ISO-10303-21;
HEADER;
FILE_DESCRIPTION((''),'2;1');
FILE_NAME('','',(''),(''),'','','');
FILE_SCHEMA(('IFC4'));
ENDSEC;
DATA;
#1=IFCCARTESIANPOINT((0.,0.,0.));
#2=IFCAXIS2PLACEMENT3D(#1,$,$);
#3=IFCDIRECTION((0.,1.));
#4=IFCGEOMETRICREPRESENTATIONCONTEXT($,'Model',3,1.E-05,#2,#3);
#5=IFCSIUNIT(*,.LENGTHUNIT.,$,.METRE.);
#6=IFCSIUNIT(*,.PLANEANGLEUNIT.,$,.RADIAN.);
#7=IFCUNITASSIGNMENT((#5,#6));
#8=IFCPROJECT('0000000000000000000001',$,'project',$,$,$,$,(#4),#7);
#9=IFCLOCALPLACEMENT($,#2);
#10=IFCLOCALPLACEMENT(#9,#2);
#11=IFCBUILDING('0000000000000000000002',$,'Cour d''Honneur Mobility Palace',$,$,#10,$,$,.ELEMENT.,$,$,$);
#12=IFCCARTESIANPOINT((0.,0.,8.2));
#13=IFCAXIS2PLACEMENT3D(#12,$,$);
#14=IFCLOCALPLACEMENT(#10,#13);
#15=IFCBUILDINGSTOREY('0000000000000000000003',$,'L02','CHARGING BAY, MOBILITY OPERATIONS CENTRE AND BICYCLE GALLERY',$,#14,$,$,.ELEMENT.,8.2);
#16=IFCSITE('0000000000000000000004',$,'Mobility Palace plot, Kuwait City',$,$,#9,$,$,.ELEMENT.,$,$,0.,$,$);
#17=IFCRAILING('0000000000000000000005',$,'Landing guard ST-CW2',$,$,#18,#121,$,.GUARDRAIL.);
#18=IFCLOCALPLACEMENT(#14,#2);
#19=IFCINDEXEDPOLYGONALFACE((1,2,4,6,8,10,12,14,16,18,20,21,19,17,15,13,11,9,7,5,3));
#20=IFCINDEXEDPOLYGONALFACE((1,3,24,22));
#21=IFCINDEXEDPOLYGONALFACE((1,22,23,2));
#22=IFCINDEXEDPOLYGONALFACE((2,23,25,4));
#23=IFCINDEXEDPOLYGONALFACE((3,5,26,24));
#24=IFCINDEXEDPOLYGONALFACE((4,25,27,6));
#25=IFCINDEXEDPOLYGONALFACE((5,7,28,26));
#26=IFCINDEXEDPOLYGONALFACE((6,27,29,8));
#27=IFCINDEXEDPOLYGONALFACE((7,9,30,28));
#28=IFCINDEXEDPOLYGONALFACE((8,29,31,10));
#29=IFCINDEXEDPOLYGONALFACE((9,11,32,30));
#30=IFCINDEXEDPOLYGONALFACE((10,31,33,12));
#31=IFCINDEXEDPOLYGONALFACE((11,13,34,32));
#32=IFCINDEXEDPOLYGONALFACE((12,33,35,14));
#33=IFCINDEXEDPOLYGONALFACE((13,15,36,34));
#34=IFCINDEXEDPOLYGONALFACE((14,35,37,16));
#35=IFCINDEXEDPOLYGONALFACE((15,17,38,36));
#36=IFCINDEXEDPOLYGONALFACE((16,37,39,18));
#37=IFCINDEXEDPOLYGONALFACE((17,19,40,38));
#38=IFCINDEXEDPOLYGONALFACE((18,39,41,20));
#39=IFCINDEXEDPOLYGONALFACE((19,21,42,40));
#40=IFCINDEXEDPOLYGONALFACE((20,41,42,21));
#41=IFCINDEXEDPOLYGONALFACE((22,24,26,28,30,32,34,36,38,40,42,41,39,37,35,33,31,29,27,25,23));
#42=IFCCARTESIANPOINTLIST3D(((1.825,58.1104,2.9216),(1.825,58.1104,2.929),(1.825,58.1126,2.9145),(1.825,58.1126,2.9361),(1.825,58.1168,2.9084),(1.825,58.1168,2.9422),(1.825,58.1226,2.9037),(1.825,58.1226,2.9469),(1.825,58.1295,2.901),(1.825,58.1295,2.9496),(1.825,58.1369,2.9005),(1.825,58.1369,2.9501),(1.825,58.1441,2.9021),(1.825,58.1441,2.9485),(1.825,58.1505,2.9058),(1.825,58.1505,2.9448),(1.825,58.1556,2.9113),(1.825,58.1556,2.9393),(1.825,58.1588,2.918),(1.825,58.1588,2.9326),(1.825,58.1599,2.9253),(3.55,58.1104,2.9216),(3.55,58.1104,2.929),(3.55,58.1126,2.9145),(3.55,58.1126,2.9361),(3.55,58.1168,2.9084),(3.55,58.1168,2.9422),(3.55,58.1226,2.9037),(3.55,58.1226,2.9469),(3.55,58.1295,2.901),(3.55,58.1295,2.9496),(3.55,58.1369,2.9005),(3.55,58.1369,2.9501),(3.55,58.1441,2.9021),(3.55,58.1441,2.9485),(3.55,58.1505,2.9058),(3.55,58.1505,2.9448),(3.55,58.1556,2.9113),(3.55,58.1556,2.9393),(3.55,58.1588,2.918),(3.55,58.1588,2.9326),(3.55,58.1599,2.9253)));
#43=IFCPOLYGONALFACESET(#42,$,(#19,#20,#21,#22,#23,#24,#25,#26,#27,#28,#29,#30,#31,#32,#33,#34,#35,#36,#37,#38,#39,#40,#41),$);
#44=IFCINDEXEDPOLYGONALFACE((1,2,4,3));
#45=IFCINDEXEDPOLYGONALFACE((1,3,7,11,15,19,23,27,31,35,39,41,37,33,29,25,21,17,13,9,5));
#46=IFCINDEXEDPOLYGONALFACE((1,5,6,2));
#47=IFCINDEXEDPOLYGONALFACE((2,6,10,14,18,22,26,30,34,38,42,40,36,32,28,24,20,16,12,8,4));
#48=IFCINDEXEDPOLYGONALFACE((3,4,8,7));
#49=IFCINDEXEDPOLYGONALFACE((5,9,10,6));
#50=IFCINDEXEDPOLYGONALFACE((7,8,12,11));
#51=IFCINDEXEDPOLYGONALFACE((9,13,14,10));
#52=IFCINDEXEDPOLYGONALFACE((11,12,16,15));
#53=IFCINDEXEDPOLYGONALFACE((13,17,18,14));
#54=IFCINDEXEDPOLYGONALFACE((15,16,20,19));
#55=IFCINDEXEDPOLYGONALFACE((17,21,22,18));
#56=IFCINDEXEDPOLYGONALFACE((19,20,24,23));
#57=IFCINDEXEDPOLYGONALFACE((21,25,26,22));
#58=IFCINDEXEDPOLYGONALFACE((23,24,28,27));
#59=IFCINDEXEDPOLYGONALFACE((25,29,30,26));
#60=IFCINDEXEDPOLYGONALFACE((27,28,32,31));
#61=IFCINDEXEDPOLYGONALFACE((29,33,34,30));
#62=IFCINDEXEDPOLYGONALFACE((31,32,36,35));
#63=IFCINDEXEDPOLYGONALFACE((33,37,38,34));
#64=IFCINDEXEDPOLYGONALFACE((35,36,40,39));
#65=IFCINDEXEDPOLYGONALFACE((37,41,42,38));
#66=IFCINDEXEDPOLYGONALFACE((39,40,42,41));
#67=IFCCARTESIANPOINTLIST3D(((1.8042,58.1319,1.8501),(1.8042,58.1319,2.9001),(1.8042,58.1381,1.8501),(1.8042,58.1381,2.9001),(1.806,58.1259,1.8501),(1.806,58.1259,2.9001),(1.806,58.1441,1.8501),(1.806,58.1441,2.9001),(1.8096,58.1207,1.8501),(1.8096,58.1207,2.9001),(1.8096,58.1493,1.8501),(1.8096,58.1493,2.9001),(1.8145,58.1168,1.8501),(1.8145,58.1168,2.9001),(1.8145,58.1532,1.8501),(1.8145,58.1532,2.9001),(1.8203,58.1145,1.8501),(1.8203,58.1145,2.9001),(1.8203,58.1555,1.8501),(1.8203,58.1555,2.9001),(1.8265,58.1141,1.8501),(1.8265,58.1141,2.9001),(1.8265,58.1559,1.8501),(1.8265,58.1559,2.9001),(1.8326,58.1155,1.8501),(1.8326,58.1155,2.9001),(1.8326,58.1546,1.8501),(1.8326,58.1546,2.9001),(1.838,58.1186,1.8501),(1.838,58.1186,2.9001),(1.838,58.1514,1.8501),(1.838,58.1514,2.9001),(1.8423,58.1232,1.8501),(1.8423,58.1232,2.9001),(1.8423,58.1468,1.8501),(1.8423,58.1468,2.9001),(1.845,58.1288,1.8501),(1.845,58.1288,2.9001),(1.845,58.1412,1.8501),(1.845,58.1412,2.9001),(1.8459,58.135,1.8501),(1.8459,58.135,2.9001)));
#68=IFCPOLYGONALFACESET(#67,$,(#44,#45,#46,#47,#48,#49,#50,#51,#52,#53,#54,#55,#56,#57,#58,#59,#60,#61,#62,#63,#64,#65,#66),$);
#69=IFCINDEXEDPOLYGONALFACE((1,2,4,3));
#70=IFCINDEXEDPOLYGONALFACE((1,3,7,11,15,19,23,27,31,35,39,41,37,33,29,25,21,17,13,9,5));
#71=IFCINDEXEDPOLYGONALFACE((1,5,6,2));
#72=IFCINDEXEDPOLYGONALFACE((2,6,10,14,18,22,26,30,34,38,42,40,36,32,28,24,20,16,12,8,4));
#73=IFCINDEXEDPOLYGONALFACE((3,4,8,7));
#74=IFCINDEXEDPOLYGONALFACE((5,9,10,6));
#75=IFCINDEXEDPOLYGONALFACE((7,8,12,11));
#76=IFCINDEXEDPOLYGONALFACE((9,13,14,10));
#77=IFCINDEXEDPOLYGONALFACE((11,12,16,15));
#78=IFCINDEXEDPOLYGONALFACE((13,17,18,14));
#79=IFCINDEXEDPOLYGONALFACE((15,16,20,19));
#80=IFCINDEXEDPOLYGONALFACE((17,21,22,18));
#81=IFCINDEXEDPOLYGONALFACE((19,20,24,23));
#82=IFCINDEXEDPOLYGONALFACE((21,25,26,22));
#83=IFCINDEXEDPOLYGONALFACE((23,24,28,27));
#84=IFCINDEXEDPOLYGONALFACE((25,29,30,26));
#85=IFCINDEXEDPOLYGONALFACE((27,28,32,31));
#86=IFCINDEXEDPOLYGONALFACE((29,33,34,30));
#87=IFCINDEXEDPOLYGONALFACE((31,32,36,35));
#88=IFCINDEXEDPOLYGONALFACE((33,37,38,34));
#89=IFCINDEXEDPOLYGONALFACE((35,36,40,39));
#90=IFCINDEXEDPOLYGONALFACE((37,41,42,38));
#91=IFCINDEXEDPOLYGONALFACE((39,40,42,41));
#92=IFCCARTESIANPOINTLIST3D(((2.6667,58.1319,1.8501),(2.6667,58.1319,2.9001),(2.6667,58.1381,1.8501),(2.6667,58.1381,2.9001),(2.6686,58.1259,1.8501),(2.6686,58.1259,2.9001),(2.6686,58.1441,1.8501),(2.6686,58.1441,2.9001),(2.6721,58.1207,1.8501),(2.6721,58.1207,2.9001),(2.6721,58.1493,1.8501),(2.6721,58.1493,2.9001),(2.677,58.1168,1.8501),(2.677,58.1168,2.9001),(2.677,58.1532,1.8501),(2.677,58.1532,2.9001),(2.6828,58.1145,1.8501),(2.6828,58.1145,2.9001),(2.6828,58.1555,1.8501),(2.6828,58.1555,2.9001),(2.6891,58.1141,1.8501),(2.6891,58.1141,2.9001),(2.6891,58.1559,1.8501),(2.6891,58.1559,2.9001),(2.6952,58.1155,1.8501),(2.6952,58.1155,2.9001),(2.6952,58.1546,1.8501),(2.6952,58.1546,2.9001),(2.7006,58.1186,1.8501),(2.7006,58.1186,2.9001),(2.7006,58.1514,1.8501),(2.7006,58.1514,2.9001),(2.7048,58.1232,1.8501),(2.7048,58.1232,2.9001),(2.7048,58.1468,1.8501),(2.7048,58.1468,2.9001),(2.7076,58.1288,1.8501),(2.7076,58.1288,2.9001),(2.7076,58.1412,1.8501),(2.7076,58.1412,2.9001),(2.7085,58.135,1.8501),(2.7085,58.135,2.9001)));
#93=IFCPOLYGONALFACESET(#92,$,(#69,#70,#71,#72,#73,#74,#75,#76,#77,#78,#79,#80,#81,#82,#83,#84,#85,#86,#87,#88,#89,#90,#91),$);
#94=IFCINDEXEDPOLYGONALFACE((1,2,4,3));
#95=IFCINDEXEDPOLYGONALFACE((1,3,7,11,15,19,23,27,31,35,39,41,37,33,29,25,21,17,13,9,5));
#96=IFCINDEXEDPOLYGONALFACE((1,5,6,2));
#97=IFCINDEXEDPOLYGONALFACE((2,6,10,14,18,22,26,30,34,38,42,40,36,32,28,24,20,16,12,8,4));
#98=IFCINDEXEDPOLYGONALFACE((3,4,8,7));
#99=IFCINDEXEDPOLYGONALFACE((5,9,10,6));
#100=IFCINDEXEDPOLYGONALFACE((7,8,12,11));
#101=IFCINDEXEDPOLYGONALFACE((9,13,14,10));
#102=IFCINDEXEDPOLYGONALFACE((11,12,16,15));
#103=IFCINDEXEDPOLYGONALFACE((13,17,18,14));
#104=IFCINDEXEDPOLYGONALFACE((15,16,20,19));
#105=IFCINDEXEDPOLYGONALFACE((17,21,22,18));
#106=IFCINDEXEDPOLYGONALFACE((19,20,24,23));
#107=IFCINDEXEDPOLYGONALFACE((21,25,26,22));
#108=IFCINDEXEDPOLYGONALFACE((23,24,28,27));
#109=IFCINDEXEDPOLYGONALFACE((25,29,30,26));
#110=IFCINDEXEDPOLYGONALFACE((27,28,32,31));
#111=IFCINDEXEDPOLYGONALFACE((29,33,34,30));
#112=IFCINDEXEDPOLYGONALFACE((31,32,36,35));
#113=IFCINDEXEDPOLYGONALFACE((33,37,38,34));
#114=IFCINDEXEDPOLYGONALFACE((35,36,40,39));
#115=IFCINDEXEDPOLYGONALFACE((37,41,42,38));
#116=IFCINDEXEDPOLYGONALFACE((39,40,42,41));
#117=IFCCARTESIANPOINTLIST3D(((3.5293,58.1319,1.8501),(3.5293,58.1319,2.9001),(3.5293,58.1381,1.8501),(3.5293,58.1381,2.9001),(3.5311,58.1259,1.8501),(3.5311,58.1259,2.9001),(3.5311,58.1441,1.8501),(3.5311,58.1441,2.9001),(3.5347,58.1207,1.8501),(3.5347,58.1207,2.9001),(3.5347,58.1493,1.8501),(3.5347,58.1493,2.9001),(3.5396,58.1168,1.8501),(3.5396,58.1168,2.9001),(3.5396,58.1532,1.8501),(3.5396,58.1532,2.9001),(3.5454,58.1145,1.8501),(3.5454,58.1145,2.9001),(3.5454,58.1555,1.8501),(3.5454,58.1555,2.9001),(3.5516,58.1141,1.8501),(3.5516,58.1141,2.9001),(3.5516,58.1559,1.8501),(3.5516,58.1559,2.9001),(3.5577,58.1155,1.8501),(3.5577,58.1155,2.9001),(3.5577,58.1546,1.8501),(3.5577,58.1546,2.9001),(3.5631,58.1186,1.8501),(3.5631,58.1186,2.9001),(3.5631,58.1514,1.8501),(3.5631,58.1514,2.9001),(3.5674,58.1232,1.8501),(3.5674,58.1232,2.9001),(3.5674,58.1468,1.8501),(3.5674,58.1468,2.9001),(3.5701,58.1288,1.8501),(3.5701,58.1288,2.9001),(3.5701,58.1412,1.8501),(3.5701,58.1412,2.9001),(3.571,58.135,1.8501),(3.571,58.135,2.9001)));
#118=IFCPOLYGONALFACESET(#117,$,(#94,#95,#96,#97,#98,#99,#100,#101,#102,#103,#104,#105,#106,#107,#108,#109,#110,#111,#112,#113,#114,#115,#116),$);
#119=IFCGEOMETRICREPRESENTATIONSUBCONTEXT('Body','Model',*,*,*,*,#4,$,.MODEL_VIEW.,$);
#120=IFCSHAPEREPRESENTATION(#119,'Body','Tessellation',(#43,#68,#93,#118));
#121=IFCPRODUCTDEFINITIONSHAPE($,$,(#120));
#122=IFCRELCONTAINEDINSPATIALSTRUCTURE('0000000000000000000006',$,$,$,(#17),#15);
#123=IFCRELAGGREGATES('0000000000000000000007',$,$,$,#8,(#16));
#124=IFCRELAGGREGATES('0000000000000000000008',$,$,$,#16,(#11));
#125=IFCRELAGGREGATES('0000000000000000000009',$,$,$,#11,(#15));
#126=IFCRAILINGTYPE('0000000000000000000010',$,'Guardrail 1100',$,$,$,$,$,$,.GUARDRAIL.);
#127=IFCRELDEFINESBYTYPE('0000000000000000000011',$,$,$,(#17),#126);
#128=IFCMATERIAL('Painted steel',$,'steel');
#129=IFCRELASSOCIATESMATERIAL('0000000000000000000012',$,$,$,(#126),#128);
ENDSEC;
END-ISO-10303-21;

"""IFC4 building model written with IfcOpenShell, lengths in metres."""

from ifc_helpers import new_model, si_unit, direction, frame, origin, origin_2d, place, context, subcontext, project, spatial, circle, extrude, material, type_object, element, save


model = new_model("IFC4")

# Units and contexts
model_context = context("Model", 3, precision=1e-05, world=origin(), true_north=direction((0.0, 1.0)))
body_context = subcontext(model_context, "Body", "Model", "MODEL_VIEW")
ifc_project = project(units=[si_unit("LENGTHUNIT", "METRE"), si_unit("PLANEANGLEUNIT", "RADIAN")], contexts=[model_context])

# Site, building, storey
site_placement = place(None, origin())
site = spatial("IfcSite", under=ifc_project, at=site_placement, Name="Mobility Palace plot, Kuwait City", CompositionType="ELEMENT", RefElevation=0.0)
building_placement = place(site_placement, origin())
building = spatial("IfcBuilding", under=site, at=building_placement, Name="Cour d'Honneur Mobility Palace", CompositionType="ELEMENT")
storey_placement = place(building_placement, frame((0.0, 0.0, 8.2)))
storey = spatial("IfcBuildingStorey", under=building, at=storey_placement, Name="L02", Description="CHARGING BAY, MOBILITY OPERATIONS CENTRE AND BICYCLE GALLERY", CompositionType="ELEMENT", Elevation=8.2)

# Railing
ifc_material_1 = material(Name="Painted steel", Category="steel")
railing_type_1 = type_object("IfcRailingType", Name="Guardrail 1100", PredefinedType="GUARDRAIL", material=ifc_material_1)
for number, where, name in (
    (1, (1.825, 58.135, 1.8501), "Landing guard ST-CW2"),
):
    element("IfcRailing", number, at=place(storey_placement, frame(where)), inside=storey, type_object=railing_type_1, Name=name, PredefinedType="GUARDRAIL", context=body_context, shape_type="SweptSolid", body=[
        extrude(circle(Radius=0.0249, at=origin_2d()), frame((0.0, 0.0, 1.0752), z_axis=(1.0, 0.0, 0.0), x_axis=(0.0, 1.0, 0.0)), (0.0, 0.0, 1.0), 1.7251),
        extrude(circle(Radius=0.021, at=origin_2d()), origin(), (0.0, 0.0, 1.0), 1.05),
        extrude(circle(Radius=0.021, at=origin_2d()), frame((0.8625, 0.0, 0.0)), (0.0, 0.0, 1.0), 1.05),
        extrude(circle(Radius=0.021, at=origin_2d()), frame((1.7251, 0.0, 0.0)), (0.0, 0.0, 1.0), 1.05),
    ])

save(model, "model.ifc")
